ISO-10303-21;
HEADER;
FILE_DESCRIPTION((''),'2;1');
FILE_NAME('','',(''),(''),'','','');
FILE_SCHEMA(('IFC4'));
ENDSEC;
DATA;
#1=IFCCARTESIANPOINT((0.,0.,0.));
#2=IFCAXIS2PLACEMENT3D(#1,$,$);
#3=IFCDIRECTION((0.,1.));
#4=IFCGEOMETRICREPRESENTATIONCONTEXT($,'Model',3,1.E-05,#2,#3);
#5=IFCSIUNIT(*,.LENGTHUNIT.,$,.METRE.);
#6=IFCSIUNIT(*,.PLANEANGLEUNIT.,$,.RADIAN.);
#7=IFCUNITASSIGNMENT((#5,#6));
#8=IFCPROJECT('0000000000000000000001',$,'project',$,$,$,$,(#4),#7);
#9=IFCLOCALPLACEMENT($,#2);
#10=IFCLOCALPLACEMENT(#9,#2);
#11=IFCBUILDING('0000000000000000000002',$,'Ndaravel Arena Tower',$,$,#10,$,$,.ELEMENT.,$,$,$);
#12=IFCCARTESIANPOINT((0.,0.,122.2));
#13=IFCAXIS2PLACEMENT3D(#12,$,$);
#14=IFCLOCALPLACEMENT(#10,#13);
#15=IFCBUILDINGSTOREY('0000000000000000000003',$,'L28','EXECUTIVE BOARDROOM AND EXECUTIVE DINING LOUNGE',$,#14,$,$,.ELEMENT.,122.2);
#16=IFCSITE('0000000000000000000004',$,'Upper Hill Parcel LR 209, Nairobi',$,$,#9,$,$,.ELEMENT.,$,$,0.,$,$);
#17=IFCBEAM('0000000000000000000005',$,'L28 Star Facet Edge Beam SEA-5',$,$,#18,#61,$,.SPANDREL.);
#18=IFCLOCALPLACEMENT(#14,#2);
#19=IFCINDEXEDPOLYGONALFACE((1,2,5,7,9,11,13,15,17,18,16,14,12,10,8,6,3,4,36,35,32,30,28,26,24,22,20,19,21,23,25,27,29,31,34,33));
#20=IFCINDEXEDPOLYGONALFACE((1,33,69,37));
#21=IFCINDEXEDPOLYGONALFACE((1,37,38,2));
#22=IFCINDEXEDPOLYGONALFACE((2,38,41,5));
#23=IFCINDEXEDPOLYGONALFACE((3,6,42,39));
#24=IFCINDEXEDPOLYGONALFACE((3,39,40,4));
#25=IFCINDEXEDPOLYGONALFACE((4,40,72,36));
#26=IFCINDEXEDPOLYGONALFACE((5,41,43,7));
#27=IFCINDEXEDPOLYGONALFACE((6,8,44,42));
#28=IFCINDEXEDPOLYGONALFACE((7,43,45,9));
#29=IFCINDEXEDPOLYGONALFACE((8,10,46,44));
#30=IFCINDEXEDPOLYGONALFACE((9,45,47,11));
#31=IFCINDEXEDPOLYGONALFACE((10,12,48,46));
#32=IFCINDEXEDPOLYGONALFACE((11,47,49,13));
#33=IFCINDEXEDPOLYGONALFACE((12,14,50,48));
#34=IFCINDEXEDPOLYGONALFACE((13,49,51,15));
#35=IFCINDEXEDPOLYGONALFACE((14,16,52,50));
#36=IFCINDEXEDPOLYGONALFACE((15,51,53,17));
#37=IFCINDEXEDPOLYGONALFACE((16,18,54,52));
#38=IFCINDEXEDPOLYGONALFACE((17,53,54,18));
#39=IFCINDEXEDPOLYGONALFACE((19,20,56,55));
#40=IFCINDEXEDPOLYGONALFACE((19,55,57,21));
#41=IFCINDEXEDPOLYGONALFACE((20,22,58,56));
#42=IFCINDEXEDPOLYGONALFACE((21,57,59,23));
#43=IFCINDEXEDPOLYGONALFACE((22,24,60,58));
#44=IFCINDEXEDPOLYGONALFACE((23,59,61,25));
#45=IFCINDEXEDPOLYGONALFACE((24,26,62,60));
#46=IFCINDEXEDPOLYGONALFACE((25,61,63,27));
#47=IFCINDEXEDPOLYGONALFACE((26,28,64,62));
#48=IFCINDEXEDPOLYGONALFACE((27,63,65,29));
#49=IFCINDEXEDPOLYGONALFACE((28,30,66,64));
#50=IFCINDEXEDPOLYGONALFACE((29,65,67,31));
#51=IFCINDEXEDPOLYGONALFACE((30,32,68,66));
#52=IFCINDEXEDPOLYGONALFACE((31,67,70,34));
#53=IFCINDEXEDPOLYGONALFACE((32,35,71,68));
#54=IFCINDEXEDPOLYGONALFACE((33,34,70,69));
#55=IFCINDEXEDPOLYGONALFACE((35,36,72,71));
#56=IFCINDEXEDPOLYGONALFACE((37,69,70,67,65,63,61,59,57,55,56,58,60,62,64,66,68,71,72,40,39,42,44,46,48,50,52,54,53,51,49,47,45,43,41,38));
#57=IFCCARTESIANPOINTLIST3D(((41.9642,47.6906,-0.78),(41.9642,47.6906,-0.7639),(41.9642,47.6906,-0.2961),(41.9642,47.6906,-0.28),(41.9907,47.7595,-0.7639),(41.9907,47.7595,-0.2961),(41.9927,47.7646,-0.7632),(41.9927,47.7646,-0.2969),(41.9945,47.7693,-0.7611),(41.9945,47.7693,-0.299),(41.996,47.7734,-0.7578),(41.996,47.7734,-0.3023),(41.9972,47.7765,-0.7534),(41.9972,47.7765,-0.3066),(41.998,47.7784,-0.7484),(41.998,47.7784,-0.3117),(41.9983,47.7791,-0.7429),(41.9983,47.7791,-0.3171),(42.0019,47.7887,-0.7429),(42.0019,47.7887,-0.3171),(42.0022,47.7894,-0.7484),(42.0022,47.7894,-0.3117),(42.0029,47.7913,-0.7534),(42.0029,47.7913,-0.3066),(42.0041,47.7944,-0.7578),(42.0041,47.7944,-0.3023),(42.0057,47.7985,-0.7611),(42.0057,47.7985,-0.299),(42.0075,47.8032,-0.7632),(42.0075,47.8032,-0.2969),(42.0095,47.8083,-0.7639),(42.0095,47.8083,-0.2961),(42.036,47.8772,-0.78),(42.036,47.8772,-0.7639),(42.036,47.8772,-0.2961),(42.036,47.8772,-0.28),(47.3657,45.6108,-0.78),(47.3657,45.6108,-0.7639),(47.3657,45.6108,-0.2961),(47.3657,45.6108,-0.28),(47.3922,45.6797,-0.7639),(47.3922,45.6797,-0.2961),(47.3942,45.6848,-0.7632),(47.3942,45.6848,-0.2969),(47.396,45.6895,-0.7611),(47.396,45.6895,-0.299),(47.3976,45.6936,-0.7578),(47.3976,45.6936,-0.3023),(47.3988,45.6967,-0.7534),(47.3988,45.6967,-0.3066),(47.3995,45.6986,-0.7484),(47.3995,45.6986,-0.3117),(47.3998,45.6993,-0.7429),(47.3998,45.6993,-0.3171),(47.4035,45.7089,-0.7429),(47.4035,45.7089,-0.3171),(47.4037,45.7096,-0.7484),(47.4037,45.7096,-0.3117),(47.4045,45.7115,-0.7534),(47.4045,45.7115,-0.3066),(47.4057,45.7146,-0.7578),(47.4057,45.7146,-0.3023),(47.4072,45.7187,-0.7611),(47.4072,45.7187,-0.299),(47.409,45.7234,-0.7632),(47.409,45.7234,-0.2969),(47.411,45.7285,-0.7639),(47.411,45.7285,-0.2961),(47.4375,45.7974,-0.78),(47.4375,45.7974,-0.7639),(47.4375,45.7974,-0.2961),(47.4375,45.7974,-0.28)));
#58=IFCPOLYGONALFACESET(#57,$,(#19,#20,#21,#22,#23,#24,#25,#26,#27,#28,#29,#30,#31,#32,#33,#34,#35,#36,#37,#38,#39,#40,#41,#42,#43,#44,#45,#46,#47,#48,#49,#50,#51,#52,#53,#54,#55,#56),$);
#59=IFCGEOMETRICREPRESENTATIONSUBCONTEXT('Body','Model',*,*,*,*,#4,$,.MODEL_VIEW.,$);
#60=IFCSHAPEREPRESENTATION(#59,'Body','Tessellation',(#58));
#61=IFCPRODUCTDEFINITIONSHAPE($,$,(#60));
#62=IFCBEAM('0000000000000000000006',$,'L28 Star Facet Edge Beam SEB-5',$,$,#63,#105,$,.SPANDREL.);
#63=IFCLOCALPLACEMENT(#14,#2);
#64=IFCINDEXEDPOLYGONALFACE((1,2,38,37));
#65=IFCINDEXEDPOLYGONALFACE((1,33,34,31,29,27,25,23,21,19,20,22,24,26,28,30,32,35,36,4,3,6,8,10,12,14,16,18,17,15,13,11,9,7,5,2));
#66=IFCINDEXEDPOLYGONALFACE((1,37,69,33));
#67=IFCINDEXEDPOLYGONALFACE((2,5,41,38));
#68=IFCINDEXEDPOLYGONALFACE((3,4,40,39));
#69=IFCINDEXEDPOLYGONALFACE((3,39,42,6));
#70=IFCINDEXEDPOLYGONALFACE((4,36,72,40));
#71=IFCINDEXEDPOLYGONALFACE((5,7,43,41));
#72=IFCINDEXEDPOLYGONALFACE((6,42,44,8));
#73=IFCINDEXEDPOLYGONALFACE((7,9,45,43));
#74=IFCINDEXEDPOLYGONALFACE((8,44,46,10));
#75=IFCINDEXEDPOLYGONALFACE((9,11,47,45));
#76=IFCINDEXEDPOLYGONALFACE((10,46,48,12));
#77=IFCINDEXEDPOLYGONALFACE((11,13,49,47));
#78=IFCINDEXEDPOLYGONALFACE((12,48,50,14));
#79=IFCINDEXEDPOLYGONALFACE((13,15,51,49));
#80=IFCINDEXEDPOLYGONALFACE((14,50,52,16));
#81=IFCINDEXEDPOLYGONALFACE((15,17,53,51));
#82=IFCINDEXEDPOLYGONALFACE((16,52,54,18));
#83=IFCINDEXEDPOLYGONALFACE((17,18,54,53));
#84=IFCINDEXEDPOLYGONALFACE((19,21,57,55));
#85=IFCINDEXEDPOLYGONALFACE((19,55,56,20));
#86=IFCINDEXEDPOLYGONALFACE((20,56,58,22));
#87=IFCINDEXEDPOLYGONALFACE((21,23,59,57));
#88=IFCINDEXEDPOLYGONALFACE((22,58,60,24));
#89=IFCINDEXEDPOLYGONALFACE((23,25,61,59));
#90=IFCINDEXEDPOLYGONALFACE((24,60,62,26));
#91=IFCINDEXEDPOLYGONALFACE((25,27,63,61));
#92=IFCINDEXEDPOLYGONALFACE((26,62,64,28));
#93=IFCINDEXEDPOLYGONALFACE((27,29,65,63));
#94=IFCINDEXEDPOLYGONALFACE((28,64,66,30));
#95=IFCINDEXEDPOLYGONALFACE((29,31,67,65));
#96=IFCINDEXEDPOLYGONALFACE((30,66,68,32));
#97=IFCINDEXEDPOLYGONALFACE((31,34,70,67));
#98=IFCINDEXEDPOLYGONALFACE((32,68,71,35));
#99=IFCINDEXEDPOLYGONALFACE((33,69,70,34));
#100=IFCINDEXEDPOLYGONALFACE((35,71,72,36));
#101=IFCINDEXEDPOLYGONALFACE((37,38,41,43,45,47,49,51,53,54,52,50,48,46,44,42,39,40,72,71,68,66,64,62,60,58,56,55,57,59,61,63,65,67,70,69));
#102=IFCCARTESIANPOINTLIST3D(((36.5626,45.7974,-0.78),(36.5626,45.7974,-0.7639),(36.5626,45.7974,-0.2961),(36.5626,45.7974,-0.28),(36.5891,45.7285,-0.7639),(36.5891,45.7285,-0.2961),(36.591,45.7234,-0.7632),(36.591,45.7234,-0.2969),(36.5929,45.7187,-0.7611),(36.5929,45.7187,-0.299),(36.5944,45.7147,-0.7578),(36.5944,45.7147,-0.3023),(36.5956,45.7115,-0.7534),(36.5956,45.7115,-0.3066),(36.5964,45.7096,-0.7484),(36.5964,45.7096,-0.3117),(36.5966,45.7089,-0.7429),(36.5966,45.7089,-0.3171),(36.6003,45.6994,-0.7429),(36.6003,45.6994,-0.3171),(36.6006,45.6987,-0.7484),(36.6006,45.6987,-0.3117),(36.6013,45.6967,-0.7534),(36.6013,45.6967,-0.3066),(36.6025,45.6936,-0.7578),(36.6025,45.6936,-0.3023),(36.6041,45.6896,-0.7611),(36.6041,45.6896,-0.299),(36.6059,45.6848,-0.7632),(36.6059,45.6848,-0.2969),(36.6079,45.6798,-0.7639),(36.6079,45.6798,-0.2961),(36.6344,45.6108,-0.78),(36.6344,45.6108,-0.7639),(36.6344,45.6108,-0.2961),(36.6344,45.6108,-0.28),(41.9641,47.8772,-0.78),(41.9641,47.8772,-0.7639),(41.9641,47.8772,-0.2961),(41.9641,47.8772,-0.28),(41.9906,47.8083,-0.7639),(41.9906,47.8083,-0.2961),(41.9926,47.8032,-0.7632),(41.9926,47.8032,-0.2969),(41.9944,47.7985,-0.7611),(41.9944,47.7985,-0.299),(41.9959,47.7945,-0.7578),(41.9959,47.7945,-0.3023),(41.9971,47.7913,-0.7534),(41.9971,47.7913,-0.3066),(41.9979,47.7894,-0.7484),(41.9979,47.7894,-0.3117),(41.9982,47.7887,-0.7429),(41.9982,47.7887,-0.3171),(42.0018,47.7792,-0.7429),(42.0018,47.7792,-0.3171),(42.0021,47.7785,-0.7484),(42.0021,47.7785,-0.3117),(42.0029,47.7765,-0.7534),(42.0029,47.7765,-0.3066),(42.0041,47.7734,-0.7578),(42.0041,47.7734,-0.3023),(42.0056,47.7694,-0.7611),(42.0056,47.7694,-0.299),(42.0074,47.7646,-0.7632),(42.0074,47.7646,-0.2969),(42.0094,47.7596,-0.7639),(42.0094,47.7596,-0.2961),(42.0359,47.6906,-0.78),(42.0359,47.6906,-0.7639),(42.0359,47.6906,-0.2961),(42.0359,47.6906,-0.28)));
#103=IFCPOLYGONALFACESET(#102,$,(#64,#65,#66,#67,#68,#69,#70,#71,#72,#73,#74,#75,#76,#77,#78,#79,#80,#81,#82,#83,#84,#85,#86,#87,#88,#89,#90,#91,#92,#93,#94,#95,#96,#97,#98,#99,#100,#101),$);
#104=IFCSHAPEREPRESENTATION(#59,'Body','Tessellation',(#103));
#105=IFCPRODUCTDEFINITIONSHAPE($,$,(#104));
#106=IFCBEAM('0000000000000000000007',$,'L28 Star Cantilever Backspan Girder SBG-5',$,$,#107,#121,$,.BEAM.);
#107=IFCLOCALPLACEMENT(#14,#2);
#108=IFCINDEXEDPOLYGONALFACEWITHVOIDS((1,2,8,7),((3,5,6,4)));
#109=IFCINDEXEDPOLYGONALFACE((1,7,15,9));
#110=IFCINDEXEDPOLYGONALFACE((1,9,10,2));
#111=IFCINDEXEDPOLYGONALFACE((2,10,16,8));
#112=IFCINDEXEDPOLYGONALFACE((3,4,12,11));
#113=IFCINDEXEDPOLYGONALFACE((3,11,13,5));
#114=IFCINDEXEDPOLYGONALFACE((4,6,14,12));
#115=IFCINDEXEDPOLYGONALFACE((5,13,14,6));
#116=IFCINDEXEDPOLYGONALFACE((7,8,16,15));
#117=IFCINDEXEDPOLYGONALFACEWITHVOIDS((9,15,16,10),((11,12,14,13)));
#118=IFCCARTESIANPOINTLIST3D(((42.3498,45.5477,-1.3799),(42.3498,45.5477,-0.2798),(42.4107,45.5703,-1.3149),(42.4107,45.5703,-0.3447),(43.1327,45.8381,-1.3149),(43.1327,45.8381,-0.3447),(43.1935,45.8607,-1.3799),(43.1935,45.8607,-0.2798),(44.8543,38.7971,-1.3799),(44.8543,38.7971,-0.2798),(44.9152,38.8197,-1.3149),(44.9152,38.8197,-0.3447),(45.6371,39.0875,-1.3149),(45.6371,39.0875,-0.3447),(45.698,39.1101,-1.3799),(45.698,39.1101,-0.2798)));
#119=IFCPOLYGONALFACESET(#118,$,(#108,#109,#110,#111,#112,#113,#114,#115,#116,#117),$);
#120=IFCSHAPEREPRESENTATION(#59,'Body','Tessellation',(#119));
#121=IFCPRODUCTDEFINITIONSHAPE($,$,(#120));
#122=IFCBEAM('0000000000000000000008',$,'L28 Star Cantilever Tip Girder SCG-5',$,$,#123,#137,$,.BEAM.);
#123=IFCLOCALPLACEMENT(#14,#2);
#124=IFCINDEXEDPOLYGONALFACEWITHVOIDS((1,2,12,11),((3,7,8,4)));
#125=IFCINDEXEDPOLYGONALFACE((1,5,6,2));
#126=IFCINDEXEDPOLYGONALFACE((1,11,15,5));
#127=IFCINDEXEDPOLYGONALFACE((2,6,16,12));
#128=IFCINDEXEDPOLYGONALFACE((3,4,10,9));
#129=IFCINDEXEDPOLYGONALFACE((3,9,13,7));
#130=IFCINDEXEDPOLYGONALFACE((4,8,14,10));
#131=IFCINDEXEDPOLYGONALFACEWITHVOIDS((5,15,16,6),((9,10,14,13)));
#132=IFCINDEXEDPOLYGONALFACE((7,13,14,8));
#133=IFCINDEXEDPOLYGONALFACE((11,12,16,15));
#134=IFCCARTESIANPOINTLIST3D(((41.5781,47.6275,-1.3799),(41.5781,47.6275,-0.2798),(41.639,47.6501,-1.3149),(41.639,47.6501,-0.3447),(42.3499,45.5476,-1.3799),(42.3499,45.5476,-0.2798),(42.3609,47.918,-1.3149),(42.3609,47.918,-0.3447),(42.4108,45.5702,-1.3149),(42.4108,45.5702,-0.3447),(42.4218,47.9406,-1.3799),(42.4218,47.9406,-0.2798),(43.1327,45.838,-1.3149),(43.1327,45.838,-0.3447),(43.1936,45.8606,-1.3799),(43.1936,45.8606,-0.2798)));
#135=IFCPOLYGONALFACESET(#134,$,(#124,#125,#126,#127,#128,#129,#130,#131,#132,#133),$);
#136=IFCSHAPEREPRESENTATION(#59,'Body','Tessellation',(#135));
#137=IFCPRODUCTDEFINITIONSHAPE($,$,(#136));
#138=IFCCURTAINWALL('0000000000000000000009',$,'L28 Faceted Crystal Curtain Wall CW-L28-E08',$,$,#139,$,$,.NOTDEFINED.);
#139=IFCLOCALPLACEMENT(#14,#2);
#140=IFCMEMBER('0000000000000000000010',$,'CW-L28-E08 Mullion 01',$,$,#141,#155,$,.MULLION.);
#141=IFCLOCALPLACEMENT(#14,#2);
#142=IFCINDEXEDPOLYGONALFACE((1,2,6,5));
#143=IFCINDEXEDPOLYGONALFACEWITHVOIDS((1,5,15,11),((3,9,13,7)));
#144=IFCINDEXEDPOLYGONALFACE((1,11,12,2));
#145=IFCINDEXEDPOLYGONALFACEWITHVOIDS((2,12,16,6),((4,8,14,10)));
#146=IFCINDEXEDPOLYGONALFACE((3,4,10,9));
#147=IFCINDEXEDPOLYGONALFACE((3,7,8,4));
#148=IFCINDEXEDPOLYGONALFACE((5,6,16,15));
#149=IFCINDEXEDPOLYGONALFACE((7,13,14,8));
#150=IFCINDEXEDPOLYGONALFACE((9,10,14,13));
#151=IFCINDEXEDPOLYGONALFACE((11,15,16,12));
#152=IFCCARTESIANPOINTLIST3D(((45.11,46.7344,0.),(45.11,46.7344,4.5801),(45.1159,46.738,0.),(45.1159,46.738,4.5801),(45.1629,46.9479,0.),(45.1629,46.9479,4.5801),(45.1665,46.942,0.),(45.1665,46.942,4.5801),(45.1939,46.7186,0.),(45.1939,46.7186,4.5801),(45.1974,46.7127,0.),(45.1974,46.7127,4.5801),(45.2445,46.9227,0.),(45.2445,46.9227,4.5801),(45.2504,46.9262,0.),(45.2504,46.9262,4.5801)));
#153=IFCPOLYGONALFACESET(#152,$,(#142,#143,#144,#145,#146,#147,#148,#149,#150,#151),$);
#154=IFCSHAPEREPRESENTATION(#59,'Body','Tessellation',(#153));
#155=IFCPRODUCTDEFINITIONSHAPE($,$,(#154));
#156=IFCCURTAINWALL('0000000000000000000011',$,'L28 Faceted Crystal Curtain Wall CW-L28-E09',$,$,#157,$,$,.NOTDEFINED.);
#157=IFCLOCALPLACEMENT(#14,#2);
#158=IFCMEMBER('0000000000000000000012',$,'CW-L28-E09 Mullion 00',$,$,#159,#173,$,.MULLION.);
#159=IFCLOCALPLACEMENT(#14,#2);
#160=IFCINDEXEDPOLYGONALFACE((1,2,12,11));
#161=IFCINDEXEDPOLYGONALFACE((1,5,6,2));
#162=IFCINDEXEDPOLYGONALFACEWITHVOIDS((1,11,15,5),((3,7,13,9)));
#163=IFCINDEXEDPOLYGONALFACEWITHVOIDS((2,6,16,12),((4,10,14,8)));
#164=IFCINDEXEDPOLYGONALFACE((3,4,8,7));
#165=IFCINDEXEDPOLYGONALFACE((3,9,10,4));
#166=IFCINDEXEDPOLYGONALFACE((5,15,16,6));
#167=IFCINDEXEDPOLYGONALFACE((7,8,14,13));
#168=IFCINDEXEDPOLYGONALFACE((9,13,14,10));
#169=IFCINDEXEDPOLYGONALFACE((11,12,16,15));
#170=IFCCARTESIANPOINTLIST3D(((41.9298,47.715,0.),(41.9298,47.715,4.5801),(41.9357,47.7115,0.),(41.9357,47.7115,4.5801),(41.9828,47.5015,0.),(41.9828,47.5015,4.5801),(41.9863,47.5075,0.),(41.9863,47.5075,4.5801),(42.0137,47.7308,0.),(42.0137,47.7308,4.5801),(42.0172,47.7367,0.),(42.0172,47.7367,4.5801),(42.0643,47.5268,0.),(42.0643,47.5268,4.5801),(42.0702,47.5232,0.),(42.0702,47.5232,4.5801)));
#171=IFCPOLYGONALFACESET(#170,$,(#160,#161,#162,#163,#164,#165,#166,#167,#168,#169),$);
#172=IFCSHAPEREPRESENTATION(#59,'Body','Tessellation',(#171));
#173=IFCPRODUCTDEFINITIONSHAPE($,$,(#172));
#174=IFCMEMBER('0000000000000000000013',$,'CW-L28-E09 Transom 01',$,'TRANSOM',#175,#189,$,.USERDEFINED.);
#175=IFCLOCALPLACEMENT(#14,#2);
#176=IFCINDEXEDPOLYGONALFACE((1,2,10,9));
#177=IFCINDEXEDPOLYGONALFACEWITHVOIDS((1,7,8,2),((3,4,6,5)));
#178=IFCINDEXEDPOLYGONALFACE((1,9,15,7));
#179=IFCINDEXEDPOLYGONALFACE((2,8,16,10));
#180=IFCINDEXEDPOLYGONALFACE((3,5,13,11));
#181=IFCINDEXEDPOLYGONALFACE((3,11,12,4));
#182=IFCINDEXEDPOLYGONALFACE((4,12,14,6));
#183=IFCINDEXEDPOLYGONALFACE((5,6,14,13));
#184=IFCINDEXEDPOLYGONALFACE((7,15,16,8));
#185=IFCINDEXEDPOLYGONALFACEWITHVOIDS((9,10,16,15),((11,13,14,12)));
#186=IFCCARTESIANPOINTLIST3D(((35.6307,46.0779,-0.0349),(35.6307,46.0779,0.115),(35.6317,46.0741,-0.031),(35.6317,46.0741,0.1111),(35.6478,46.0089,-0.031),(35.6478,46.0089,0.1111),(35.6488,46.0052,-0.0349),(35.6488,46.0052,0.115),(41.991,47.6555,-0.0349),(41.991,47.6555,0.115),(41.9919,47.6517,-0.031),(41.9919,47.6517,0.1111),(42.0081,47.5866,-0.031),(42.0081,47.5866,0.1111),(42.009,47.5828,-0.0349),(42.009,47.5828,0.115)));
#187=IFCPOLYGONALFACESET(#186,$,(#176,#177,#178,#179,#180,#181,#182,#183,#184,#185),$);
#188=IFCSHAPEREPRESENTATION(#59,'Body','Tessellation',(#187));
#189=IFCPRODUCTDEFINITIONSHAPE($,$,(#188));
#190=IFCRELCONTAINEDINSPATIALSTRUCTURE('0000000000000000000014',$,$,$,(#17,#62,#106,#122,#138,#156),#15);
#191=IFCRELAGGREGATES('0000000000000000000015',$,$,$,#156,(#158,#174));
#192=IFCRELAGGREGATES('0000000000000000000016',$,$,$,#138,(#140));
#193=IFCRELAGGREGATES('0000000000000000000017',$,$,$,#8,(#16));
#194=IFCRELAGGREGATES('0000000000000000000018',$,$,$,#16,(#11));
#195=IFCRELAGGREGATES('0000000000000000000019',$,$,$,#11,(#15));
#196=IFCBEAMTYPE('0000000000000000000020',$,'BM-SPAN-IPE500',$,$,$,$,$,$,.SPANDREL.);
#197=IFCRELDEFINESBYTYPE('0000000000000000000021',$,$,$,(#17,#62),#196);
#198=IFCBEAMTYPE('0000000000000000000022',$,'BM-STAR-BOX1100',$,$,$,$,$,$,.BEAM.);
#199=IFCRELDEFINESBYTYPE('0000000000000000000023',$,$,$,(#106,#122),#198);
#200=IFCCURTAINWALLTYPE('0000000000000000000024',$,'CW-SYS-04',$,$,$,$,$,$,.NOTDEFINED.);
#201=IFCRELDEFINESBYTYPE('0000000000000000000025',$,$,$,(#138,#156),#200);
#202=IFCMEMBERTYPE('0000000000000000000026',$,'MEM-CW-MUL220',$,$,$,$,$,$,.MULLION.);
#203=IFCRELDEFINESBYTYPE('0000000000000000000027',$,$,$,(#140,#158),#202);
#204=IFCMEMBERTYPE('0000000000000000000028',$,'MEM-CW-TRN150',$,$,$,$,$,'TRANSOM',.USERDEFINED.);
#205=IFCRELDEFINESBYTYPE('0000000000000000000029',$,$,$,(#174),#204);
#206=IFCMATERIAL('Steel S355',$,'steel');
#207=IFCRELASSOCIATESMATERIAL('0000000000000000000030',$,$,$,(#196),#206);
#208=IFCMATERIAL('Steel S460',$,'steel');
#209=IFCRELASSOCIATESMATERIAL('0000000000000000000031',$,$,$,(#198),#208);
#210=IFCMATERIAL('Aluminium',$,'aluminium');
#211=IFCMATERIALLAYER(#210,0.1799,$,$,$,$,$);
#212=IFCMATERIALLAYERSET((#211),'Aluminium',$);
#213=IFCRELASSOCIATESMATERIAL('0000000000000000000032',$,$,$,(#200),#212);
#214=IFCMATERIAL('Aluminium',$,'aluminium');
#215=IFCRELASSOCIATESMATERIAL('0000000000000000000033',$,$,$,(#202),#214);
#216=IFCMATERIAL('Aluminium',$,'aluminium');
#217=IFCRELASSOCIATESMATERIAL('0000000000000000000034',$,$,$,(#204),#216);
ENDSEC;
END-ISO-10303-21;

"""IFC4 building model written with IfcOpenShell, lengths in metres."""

from ifc_helpers import new_model, si_unit, direction, frame, origin, origin_2d, place, context, subcontext, project, spatial, hollow_rectangle, i_section, extrude, material, layer, layer_set, material_profile, profile_set, type_object, element, aggregate, save


model = new_model("IFC4")

# Units and contexts
model_context = context("Model", 3, precision=1e-05, world=origin(), true_north=direction((0.0, 1.0)))
body_context = subcontext(model_context, "Body", "Model", "MODEL_VIEW")
ifc_project = project(units=[si_unit("LENGTHUNIT", "METRE"), si_unit("PLANEANGLEUNIT", "RADIAN")], contexts=[model_context])

# Site, building, storey
site_placement = place(None, origin())
site = spatial("IfcSite", under=ifc_project, at=site_placement, Name="Upper Hill Parcel LR 209, Nairobi", CompositionType="ELEMENT", RefElevation=0.0)
building_placement = place(site_placement, origin())
building = spatial("IfcBuilding", under=site, at=building_placement, Name="Ndaravel Arena Tower", CompositionType="ELEMENT")
storey_placement = place(building_placement, frame((0.0, 0.0, 122.2)))
storey = spatial("IfcBuildingStorey", under=building, at=storey_placement, Name="L28", Description="EXECUTIVE BOARDROOM AND EXECUTIVE DINING LOUNGE", CompositionType="ELEMENT", Elevation=122.2)

# Beams
ifc_material_1 = material(Name="Steel S355", Category="steel")
ifc_material_profile_1 = material_profile(ifc_material_1, i_section(OverallWidth=0.2, OverallDepth=0.5, WebThickness=0.0103, FlangeThickness=0.0161, FilletRadius=0.021, at=origin_2d()), Name="IPE 500")
ifc_profile_set_1 = profile_set([ifc_material_profile_1], Name="Steel S355")
beam_type_1 = type_object("IfcBeamType", Name="BM-SPAN-IPE500", PredefinedType="SPANDREL", material=ifc_profile_set_1)
for number, where, z_axis, x_axis, name in (
    (1, (47.4016, 45.7041, -0.53), (-0.933213, 0.359324, 0.0), (-0.359324, -0.933213, 0.0), "L28 Star Facet Edge Beam SEA-5"),
    (2, (42.0, 47.7839, -0.53), (-0.933213, -0.359324, 0.0), (0.359324, -0.933213, 0.0), "L28 Star Facet Edge Beam SEB-5"),
):
    element("IfcBeam", number, at=place(storey_placement, frame(where, z_axis=z_axis, x_axis=x_axis)), inside=storey, type_object=beam_type_1, Name=name, PredefinedType="SPANDREL", context=body_context, shape_type="SweptSolid", body=[
        extrude(i_section(OverallWidth=0.2, OverallDepth=0.5, WebThickness=0.0103, FlangeThickness=0.0161, FilletRadius=0.021, at=origin_2d()), origin(), (0.0, 0.0, 1.0), 5.7881),
    ])
ifc_material_2 = material(Name="Steel S460", Category="steel")
ifc_material_profile_2 = material_profile(ifc_material_2, hollow_rectangle(XDim=0.8999, YDim=1.1001, WallThickness=0.0649, at=origin_2d()), Name="BOX 1100x900x65")
ifc_profile_set_2 = profile_set([ifc_material_profile_2], Name="Steel S460")
beam_type_2 = type_object("IfcBeamType", Name="BM-STAR-BOX1100", PredefinedType="BEAM", material=ifc_profile_set_2)
beam_1_placement = place(storey_placement, frame((45.2761, 38.9536, -0.8298), z_axis=(-0.347829, 0.937558, 0.0), x_axis=(-0.937558, -0.347829, 0.0)))
element("IfcBeam", 3, at=beam_1_placement, inside=storey, type_object=beam_type_2, Name="L28 Star Cantilever Backspan Girder SBG-5", PredefinedType="BEAM", context=body_context, shape_type="SweptSolid", body=[
    extrude(hollow_rectangle(XDim=0.8999, YDim=1.1001, WallThickness=0.0649, at=origin_2d()), origin(), (0.0, 0.0, 1.0), 7.2002),
])
beam_2_placement = place(storey_placement, frame((42.7717, 45.7041, -0.8298), z_axis=(-0.347877, 0.93754, 0.0), x_axis=(-0.93754, -0.347877, 0.0)))
element("IfcBeam", 4, at=beam_2_placement, inside=storey, type_object=beam_type_2, Name="L28 Star Cantilever Tip Girder SCG-5", PredefinedType="BEAM", context=body_context, shape_type="SweptSolid", body=[
    extrude(hollow_rectangle(XDim=0.8999, YDim=1.1001, WallThickness=0.0649, at=origin_2d()), origin(), (0.0, 0.0, 1.0), 2.2185),
])

# Curtain wall, member
ifc_material_3 = material(Name="Aluminium", Category="aluminium")
ifc_layer_1 = layer(ifc_material_3, 0.1799)
ifc_layer_set_1 = layer_set([ifc_layer_1], Name="Aluminium")
curtain_wall_type = type_object("IfcCurtainWallType", Name="CW-SYS-04", PredefinedType="NOTDEFINED", material=ifc_layer_set_1)
curtain_wall_1_placement = place(storey_placement, origin())
curtain_wall_1 = element("IfcCurtainWall", 5, at=curtain_wall_1_placement, inside=storey, type_object=curtain_wall_type, Name="L28 Faceted Crystal Curtain Wall CW-L28-E08", PredefinedType="NOTDEFINED")
ifc_material_4 = material(Name="Aluminium", Category="aluminium")
ifc_material_profile_3 = material_profile(ifc_material_4, hollow_rectangle(XDim=0.0901, YDim=0.22, WallThickness=0.0049, at=origin_2d()), Name="CW MULLION 90x220x5")
ifc_profile_set_3 = profile_set([ifc_material_profile_3], Name="Aluminium")
member_type_1 = type_object("IfcMemberType", Name="MEM-CW-MUL220", PredefinedType="MULLION", material=ifc_profile_set_3)
member_1_placement = place(storey_placement, frame((45.1802, 46.8303, 0.0), z_axis=(0.0, 0.0, 1.0), x_axis=(-0.970586, 0.240753, 0.0)))
member_1 = element("IfcMember", 6, at=member_1_placement, type_object=member_type_1, Name="CW-L28-E08 Mullion 01", PredefinedType="MULLION", context=body_context, shape_type="SweptSolid", body=[
    extrude(hollow_rectangle(XDim=0.0901, YDim=0.22, WallThickness=0.0049, at=origin_2d()), origin(), (0.0, 0.0, 1.0), 4.5801),
])

# Curtain wall, members
curtain_wall_2_placement = place(storey_placement, origin())
curtain_wall_2 = element("IfcCurtainWall", 7, at=curtain_wall_2_placement, inside=storey, type_object=curtain_wall_type, Name="L28 Faceted Crystal Curtain Wall CW-L28-E09", PredefinedType="NOTDEFINED")
member_2_placement = place(storey_placement, frame((42.0, 47.6191, 0.0), z_axis=(0.0, 0.0, 1.0), x_axis=(-0.970586, -0.240753, 0.0)))
member_2 = element("IfcMember", 8, at=member_2_placement, type_object=member_type_1, Name="CW-L28-E09 Mullion 00", PredefinedType="MULLION", context=body_context, shape_type="SweptSolid", body=[
    extrude(hollow_rectangle(XDim=0.0901, YDim=0.22, WallThickness=0.0049, at=origin_2d()), origin(), (0.0, 0.0, 1.0), 4.5801),
])
ifc_material_5 = material(Name="Aluminium", Category="aluminium")
ifc_material_profile_4 = material_profile(ifc_material_5, hollow_rectangle(XDim=0.075, YDim=0.1499, WallThickness=0.0039, at=origin_2d()), Name="CW TRANSOM 75x150x4")
ifc_profile_set_4 = profile_set([ifc_material_profile_4], Name="Aluminium")
member_type_2 = type_object("IfcMemberType", Name="MEM-CW-TRN150", ElementType="TRANSOM", PredefinedType="USERDEFINED", material=ifc_profile_set_4)
member_3_placement = place(storey_placement, frame((42.0, 47.6191, 0.04), z_axis=(-0.970588, -0.240747, 0.0), x_axis=(0.240747, -0.970588, 0.0)))
member_3 = element("IfcMember", 9, at=member_3_placement, type_object=member_type_2, Name="CW-L28-E09 Transom 01", ObjectType="TRANSOM", PredefinedType="USERDEFINED", context=body_context, shape_type="SweptSolid", body=[
    extrude(hollow_rectangle(XDim=0.075, YDim=0.1499, WallThickness=0.0039, at=origin_2d()), origin(), (0.0, 0.0, 1.0), 6.553),
])
aggregate(curtain_wall_2, [member_2, member_3])

aggregate(curtain_wall_1, [member_1])

save(model, "model.ifc")
